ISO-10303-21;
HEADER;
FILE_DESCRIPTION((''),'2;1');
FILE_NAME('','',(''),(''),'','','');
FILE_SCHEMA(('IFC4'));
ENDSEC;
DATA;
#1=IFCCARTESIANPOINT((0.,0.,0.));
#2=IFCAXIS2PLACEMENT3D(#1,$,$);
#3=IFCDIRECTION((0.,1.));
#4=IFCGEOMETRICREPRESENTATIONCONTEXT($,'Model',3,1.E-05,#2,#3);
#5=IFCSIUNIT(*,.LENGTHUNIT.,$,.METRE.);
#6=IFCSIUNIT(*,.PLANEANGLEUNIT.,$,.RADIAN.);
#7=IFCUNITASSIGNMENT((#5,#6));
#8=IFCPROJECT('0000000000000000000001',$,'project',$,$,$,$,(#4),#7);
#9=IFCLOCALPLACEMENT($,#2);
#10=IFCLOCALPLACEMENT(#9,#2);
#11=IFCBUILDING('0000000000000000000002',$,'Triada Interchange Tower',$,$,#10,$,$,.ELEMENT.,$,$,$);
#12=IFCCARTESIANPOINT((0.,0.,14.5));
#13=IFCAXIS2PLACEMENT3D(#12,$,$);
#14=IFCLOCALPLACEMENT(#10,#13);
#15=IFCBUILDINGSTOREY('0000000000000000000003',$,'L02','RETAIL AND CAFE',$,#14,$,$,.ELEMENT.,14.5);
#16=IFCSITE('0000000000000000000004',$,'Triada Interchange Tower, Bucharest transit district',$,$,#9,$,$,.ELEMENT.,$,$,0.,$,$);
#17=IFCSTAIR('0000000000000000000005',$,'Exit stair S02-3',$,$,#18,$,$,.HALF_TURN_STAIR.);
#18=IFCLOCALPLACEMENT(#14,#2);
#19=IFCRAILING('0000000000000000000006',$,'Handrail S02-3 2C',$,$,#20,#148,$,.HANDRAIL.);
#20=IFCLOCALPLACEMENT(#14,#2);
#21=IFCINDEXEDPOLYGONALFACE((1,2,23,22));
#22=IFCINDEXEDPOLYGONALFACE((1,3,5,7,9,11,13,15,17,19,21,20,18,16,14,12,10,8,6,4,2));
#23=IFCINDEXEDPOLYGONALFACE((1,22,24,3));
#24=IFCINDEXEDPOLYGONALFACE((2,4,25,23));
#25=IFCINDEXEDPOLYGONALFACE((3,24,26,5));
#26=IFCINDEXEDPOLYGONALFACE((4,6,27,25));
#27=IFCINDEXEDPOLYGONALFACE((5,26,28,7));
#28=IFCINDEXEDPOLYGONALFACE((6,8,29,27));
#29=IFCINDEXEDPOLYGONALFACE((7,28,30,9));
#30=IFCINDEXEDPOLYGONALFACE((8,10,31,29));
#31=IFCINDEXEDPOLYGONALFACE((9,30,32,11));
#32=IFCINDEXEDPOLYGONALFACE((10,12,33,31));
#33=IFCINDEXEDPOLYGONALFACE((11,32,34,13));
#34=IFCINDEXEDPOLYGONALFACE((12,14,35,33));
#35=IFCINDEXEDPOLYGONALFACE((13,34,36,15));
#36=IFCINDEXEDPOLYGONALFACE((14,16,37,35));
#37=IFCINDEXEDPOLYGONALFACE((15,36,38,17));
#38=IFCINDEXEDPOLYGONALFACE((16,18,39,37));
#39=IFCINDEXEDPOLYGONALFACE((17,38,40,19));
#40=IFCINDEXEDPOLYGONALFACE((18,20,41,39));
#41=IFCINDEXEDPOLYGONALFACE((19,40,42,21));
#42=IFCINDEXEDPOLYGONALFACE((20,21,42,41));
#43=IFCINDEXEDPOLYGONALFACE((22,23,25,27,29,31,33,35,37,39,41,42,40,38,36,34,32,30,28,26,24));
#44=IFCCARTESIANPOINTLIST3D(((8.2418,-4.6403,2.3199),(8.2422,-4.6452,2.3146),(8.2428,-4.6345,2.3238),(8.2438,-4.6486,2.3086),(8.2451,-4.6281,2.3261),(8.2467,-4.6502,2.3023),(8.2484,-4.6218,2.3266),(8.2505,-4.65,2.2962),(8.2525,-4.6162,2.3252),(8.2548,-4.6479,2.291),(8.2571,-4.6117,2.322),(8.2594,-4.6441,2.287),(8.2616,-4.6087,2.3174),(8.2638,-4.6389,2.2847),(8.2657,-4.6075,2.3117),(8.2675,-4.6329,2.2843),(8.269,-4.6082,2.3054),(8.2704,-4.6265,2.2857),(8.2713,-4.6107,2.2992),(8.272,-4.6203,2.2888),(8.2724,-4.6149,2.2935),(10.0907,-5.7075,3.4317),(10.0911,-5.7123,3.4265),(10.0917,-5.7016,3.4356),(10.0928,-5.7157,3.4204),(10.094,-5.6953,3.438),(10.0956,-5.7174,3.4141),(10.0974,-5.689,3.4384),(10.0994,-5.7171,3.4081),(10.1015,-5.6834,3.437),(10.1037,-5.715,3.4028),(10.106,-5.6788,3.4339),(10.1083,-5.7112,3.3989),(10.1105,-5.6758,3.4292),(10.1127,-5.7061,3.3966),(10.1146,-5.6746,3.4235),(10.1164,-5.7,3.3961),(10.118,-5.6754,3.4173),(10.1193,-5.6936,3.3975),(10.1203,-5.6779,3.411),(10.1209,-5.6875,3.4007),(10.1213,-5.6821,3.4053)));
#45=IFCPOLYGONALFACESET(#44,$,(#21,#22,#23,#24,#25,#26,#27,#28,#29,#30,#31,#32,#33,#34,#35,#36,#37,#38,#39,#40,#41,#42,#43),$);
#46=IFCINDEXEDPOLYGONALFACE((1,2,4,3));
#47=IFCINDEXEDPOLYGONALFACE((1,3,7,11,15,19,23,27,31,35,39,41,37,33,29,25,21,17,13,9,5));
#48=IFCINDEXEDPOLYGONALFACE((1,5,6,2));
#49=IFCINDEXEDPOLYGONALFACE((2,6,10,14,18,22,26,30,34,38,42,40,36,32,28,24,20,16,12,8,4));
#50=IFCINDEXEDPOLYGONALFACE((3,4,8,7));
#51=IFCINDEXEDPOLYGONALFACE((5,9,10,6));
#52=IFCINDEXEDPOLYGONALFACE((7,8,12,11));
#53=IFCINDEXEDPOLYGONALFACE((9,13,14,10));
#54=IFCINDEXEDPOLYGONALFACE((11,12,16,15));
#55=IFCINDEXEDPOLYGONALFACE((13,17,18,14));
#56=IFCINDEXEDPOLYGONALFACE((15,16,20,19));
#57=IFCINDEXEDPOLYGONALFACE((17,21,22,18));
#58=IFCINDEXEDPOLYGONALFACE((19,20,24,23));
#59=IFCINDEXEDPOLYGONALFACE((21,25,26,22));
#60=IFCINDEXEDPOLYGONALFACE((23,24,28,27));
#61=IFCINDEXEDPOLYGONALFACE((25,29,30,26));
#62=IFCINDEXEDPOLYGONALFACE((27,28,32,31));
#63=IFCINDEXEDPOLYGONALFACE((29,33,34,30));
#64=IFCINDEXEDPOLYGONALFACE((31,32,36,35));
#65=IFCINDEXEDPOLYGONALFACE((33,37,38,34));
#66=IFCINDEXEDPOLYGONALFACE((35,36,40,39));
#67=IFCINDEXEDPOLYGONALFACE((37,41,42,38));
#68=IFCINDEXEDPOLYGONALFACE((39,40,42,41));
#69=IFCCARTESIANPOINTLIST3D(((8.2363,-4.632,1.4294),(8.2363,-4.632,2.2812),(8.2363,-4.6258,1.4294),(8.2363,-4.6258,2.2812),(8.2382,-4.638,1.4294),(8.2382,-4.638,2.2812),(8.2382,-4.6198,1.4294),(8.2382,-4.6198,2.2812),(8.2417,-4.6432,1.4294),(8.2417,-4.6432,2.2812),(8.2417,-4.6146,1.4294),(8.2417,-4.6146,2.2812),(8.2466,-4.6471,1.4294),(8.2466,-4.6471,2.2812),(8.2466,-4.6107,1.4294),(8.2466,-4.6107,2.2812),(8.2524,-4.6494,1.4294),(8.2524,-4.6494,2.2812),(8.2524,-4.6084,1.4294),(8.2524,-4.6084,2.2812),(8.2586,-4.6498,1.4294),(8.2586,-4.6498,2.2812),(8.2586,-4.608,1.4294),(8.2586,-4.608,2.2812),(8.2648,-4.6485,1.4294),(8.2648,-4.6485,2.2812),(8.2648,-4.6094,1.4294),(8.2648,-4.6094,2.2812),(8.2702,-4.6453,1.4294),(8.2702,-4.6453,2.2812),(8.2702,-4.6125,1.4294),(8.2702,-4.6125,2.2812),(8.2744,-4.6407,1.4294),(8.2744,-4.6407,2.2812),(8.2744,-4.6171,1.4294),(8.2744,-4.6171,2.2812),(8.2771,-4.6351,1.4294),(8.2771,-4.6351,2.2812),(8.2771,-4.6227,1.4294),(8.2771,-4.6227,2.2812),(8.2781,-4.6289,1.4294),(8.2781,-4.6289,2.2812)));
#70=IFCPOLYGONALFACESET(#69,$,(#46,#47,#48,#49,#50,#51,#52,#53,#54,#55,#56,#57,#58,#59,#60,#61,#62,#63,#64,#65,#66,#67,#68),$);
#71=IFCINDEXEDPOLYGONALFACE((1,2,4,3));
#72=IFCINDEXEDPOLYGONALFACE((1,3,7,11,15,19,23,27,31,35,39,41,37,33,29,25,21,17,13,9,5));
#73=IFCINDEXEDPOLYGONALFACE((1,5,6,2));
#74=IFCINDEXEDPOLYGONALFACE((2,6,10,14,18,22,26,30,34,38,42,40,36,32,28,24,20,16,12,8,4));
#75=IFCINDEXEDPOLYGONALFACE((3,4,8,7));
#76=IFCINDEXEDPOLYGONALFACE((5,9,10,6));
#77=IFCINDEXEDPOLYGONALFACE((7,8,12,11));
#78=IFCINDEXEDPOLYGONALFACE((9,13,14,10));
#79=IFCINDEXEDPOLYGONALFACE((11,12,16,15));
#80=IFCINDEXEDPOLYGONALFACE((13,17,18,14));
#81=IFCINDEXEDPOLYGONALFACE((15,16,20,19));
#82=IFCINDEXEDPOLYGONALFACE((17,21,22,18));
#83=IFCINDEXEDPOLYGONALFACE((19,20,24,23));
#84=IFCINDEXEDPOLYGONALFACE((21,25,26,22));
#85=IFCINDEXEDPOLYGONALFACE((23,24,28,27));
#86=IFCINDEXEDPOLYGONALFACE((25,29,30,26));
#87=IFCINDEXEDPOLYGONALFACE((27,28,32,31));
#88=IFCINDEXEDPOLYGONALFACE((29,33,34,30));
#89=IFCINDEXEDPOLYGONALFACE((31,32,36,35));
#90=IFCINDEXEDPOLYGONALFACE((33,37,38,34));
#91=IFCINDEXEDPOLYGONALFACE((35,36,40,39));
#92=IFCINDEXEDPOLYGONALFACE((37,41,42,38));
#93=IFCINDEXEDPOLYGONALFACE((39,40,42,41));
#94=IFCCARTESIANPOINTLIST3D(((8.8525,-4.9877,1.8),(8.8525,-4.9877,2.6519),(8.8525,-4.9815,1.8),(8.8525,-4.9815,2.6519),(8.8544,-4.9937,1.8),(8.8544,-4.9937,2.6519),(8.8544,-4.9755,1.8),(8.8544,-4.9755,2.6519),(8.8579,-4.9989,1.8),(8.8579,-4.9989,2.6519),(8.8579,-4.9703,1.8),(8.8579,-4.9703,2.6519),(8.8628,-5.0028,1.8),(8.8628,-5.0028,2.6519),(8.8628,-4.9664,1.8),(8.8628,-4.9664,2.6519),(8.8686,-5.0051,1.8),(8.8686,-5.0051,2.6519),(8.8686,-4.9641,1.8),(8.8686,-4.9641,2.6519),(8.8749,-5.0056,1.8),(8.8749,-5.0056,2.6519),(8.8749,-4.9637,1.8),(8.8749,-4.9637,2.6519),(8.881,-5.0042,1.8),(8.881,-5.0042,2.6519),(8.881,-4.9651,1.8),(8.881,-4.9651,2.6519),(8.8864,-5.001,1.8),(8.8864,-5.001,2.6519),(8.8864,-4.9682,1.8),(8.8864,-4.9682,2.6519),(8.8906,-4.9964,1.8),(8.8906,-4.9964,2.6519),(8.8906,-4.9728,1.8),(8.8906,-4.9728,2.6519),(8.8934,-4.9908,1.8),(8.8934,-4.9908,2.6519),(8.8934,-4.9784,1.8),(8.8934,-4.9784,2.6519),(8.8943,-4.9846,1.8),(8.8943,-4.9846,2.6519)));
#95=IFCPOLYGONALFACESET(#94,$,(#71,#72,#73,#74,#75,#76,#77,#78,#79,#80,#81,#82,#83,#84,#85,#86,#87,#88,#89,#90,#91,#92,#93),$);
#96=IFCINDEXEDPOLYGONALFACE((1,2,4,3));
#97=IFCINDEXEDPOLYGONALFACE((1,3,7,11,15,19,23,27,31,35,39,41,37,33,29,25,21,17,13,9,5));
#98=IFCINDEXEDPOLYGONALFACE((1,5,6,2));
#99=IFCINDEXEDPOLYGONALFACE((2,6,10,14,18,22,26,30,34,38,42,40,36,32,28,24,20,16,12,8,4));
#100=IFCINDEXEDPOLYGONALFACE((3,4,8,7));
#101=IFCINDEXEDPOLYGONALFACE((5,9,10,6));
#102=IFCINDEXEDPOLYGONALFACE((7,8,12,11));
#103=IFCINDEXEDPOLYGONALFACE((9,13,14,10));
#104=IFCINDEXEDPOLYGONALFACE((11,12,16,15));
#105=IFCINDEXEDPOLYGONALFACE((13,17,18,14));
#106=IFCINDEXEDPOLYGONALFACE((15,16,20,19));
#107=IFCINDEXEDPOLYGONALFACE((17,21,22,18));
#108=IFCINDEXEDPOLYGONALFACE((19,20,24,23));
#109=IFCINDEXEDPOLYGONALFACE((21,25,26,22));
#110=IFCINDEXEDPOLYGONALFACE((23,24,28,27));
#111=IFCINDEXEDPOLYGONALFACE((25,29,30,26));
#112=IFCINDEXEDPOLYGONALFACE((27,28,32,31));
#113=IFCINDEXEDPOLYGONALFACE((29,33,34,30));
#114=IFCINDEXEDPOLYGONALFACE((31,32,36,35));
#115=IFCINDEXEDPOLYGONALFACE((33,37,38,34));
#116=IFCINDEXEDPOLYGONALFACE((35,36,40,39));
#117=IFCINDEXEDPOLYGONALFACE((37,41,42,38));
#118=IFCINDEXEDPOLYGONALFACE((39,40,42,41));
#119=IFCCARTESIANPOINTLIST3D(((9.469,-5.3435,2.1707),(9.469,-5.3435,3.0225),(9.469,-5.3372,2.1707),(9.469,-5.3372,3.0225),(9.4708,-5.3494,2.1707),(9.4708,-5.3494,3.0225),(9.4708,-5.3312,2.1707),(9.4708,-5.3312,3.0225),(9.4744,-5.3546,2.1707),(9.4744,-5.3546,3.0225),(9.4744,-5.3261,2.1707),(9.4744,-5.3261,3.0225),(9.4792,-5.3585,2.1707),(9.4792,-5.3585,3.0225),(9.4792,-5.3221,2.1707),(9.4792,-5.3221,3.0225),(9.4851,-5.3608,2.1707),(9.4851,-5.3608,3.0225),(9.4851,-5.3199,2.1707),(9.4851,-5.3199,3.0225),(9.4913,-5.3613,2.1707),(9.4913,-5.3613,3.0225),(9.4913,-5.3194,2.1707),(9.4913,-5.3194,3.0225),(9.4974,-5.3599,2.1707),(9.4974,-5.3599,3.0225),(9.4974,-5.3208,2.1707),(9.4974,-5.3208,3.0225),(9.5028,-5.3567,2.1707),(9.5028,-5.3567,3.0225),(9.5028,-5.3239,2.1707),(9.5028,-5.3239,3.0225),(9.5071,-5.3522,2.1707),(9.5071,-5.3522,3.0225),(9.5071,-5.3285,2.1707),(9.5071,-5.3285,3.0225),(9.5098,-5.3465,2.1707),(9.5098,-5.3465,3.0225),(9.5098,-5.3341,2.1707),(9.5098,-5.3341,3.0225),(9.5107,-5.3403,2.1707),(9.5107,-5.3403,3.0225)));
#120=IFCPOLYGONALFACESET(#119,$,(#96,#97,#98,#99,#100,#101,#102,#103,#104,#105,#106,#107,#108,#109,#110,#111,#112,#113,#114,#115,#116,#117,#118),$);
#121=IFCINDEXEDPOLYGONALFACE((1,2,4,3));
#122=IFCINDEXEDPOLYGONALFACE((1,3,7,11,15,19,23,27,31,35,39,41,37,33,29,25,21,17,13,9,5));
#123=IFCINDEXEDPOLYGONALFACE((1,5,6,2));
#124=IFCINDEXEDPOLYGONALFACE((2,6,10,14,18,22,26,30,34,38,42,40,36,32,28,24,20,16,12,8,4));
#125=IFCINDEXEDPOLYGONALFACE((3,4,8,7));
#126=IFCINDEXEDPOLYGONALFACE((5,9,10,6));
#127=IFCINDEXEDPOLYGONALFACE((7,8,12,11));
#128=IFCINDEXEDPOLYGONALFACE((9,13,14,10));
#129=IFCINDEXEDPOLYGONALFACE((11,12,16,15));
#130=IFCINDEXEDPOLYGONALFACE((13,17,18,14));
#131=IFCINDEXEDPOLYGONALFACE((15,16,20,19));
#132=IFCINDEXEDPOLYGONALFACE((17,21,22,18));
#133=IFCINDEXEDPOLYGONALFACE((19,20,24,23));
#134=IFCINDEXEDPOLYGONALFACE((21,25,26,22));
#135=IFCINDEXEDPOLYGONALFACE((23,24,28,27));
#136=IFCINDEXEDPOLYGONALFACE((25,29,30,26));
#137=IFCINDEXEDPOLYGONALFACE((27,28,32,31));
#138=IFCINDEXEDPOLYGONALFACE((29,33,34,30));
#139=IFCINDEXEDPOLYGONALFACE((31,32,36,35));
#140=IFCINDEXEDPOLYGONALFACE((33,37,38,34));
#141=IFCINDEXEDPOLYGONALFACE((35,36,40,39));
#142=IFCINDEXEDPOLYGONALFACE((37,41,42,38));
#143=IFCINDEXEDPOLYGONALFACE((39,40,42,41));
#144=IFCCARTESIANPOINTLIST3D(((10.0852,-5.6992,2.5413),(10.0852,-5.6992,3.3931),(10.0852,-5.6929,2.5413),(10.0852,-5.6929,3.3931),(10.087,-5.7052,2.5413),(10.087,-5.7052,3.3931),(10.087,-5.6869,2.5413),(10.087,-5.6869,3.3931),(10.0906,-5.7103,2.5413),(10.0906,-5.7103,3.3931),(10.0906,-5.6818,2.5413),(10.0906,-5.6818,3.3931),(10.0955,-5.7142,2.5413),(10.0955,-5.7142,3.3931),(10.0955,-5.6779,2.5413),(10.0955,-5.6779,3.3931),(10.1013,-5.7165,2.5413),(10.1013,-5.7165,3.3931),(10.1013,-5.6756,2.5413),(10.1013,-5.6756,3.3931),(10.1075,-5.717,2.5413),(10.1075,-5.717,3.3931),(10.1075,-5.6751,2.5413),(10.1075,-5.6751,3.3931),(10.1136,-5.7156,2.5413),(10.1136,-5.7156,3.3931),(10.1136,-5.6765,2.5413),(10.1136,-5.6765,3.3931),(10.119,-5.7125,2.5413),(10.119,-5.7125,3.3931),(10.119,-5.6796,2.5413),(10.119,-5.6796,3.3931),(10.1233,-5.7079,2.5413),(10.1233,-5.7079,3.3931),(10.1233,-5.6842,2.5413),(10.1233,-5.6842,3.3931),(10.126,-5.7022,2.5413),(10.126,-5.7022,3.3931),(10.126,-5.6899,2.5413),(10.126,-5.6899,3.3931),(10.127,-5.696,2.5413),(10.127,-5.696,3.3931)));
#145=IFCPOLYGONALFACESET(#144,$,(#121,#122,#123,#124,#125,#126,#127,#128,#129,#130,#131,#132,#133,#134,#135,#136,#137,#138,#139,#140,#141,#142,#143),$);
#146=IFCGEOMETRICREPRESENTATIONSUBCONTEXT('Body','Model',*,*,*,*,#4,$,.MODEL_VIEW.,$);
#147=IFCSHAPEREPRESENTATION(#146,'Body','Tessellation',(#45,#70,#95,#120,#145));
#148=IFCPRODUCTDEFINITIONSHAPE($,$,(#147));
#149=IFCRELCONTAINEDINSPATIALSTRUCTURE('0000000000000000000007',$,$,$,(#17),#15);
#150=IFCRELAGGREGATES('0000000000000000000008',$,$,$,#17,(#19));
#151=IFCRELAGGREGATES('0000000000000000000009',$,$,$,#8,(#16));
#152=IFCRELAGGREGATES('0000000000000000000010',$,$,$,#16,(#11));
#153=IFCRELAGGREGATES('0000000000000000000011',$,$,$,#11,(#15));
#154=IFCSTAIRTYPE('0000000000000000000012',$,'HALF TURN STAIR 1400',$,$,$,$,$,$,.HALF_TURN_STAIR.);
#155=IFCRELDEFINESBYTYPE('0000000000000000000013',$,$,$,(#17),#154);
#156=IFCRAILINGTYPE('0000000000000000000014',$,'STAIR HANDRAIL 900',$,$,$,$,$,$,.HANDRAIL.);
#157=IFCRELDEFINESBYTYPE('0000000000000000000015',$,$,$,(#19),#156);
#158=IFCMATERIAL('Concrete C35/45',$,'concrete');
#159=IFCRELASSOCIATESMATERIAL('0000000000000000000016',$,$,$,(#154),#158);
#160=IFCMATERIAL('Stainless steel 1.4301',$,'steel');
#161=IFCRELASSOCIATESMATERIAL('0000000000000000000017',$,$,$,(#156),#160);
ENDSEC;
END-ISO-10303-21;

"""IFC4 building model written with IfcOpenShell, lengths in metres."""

from ifc_helpers import new_model, si_unit, direction, frame, origin, origin_2d, place, context, subcontext, project, spatial, circle, extrude, material, type_object, element, aggregate, save


model = new_model("IFC4")

# Units and contexts
model_context = context("Model", 3, precision=1e-05, world=origin(), true_north=direction((0.0, 1.0)))
body_context = subcontext(model_context, "Body", "Model", "MODEL_VIEW")
ifc_project = project(units=[si_unit("LENGTHUNIT", "METRE"), si_unit("PLANEANGLEUNIT", "RADIAN")], contexts=[model_context])

# Site, building, storey
site_placement = place(None, origin())
site = spatial("IfcSite", under=ifc_project, at=site_placement, Name="Triada Interchange Tower, Bucharest transit district", CompositionType="ELEMENT", RefElevation=0.0)
building_placement = place(site_placement, origin())
building = spatial("IfcBuilding", under=site, at=building_placement, Name="Triada Interchange Tower", CompositionType="ELEMENT")
storey_placement = place(building_placement, frame((0.0, 0.0, 14.5)))
storey = spatial("IfcBuildingStorey", under=building, at=storey_placement, Name="L02", Description="RETAIL AND CAFE", CompositionType="ELEMENT", Elevation=14.5)

# Shared definitions
ifc_material_1 = material(Name="Concrete C35/45", Category="concrete")

# Stair, railing
stair_type = type_object("IfcStairType", Name="HALF TURN STAIR 1400", PredefinedType="HALF_TURN_STAIR", material=ifc_material_1)
stair_placement = place(storey_placement, origin())
stair = element("IfcStair", 1, at=stair_placement, inside=storey, type_object=stair_type, Name="Exit stair S02-3", PredefinedType="HALF_TURN_STAIR")
ifc_material_2 = material(Name="Stainless steel 1.4301", Category="steel")
railing_type = type_object("IfcRailingType", Name="STAIR HANDRAIL 900", PredefinedType="HANDRAIL", material=ifc_material_2)
railing_1_placement = place(storey_placement, frame((8.2571, -4.6289, 1.4294)))
railing_1 = element("IfcRailing", 2, at=railing_1_placement, type_object=railing_type, Name="Handrail S02-3 2C", PredefinedType="HANDRAIL", context=body_context, shape_type="SweptSolid", body=[
    extrude(circle(Radius=0.0239, at=origin_2d()), frame((0.0, 0.0, 0.876), z_axis=(0.76815, -0.443363, 0.461925), x_axis=(0.499891, 0.866088, 0.0)), (0.0, 0.0, 1.0), 2.407),
    extrude(circle(Radius=0.021, at=origin_2d()), origin(), (0.0, 0.0, 1.0), 0.8518),
    extrude(circle(Radius=0.021, at=origin_2d()), frame((0.6162, -0.3557, 0.3706)), (0.0, 0.0, 1.0), 0.8518),
    extrude(circle(Radius=0.021, at=origin_2d()), frame((1.2327, -0.7114, 0.7412)), (0.0, 0.0, 1.0), 0.8518),
    extrude(circle(Radius=0.021, at=origin_2d()), frame((1.8489, -1.0671, 1.1118)), (0.0, 0.0, 1.0), 0.8518),
])
aggregate(stair, [railing_1])

save(model, "model.ifc")
